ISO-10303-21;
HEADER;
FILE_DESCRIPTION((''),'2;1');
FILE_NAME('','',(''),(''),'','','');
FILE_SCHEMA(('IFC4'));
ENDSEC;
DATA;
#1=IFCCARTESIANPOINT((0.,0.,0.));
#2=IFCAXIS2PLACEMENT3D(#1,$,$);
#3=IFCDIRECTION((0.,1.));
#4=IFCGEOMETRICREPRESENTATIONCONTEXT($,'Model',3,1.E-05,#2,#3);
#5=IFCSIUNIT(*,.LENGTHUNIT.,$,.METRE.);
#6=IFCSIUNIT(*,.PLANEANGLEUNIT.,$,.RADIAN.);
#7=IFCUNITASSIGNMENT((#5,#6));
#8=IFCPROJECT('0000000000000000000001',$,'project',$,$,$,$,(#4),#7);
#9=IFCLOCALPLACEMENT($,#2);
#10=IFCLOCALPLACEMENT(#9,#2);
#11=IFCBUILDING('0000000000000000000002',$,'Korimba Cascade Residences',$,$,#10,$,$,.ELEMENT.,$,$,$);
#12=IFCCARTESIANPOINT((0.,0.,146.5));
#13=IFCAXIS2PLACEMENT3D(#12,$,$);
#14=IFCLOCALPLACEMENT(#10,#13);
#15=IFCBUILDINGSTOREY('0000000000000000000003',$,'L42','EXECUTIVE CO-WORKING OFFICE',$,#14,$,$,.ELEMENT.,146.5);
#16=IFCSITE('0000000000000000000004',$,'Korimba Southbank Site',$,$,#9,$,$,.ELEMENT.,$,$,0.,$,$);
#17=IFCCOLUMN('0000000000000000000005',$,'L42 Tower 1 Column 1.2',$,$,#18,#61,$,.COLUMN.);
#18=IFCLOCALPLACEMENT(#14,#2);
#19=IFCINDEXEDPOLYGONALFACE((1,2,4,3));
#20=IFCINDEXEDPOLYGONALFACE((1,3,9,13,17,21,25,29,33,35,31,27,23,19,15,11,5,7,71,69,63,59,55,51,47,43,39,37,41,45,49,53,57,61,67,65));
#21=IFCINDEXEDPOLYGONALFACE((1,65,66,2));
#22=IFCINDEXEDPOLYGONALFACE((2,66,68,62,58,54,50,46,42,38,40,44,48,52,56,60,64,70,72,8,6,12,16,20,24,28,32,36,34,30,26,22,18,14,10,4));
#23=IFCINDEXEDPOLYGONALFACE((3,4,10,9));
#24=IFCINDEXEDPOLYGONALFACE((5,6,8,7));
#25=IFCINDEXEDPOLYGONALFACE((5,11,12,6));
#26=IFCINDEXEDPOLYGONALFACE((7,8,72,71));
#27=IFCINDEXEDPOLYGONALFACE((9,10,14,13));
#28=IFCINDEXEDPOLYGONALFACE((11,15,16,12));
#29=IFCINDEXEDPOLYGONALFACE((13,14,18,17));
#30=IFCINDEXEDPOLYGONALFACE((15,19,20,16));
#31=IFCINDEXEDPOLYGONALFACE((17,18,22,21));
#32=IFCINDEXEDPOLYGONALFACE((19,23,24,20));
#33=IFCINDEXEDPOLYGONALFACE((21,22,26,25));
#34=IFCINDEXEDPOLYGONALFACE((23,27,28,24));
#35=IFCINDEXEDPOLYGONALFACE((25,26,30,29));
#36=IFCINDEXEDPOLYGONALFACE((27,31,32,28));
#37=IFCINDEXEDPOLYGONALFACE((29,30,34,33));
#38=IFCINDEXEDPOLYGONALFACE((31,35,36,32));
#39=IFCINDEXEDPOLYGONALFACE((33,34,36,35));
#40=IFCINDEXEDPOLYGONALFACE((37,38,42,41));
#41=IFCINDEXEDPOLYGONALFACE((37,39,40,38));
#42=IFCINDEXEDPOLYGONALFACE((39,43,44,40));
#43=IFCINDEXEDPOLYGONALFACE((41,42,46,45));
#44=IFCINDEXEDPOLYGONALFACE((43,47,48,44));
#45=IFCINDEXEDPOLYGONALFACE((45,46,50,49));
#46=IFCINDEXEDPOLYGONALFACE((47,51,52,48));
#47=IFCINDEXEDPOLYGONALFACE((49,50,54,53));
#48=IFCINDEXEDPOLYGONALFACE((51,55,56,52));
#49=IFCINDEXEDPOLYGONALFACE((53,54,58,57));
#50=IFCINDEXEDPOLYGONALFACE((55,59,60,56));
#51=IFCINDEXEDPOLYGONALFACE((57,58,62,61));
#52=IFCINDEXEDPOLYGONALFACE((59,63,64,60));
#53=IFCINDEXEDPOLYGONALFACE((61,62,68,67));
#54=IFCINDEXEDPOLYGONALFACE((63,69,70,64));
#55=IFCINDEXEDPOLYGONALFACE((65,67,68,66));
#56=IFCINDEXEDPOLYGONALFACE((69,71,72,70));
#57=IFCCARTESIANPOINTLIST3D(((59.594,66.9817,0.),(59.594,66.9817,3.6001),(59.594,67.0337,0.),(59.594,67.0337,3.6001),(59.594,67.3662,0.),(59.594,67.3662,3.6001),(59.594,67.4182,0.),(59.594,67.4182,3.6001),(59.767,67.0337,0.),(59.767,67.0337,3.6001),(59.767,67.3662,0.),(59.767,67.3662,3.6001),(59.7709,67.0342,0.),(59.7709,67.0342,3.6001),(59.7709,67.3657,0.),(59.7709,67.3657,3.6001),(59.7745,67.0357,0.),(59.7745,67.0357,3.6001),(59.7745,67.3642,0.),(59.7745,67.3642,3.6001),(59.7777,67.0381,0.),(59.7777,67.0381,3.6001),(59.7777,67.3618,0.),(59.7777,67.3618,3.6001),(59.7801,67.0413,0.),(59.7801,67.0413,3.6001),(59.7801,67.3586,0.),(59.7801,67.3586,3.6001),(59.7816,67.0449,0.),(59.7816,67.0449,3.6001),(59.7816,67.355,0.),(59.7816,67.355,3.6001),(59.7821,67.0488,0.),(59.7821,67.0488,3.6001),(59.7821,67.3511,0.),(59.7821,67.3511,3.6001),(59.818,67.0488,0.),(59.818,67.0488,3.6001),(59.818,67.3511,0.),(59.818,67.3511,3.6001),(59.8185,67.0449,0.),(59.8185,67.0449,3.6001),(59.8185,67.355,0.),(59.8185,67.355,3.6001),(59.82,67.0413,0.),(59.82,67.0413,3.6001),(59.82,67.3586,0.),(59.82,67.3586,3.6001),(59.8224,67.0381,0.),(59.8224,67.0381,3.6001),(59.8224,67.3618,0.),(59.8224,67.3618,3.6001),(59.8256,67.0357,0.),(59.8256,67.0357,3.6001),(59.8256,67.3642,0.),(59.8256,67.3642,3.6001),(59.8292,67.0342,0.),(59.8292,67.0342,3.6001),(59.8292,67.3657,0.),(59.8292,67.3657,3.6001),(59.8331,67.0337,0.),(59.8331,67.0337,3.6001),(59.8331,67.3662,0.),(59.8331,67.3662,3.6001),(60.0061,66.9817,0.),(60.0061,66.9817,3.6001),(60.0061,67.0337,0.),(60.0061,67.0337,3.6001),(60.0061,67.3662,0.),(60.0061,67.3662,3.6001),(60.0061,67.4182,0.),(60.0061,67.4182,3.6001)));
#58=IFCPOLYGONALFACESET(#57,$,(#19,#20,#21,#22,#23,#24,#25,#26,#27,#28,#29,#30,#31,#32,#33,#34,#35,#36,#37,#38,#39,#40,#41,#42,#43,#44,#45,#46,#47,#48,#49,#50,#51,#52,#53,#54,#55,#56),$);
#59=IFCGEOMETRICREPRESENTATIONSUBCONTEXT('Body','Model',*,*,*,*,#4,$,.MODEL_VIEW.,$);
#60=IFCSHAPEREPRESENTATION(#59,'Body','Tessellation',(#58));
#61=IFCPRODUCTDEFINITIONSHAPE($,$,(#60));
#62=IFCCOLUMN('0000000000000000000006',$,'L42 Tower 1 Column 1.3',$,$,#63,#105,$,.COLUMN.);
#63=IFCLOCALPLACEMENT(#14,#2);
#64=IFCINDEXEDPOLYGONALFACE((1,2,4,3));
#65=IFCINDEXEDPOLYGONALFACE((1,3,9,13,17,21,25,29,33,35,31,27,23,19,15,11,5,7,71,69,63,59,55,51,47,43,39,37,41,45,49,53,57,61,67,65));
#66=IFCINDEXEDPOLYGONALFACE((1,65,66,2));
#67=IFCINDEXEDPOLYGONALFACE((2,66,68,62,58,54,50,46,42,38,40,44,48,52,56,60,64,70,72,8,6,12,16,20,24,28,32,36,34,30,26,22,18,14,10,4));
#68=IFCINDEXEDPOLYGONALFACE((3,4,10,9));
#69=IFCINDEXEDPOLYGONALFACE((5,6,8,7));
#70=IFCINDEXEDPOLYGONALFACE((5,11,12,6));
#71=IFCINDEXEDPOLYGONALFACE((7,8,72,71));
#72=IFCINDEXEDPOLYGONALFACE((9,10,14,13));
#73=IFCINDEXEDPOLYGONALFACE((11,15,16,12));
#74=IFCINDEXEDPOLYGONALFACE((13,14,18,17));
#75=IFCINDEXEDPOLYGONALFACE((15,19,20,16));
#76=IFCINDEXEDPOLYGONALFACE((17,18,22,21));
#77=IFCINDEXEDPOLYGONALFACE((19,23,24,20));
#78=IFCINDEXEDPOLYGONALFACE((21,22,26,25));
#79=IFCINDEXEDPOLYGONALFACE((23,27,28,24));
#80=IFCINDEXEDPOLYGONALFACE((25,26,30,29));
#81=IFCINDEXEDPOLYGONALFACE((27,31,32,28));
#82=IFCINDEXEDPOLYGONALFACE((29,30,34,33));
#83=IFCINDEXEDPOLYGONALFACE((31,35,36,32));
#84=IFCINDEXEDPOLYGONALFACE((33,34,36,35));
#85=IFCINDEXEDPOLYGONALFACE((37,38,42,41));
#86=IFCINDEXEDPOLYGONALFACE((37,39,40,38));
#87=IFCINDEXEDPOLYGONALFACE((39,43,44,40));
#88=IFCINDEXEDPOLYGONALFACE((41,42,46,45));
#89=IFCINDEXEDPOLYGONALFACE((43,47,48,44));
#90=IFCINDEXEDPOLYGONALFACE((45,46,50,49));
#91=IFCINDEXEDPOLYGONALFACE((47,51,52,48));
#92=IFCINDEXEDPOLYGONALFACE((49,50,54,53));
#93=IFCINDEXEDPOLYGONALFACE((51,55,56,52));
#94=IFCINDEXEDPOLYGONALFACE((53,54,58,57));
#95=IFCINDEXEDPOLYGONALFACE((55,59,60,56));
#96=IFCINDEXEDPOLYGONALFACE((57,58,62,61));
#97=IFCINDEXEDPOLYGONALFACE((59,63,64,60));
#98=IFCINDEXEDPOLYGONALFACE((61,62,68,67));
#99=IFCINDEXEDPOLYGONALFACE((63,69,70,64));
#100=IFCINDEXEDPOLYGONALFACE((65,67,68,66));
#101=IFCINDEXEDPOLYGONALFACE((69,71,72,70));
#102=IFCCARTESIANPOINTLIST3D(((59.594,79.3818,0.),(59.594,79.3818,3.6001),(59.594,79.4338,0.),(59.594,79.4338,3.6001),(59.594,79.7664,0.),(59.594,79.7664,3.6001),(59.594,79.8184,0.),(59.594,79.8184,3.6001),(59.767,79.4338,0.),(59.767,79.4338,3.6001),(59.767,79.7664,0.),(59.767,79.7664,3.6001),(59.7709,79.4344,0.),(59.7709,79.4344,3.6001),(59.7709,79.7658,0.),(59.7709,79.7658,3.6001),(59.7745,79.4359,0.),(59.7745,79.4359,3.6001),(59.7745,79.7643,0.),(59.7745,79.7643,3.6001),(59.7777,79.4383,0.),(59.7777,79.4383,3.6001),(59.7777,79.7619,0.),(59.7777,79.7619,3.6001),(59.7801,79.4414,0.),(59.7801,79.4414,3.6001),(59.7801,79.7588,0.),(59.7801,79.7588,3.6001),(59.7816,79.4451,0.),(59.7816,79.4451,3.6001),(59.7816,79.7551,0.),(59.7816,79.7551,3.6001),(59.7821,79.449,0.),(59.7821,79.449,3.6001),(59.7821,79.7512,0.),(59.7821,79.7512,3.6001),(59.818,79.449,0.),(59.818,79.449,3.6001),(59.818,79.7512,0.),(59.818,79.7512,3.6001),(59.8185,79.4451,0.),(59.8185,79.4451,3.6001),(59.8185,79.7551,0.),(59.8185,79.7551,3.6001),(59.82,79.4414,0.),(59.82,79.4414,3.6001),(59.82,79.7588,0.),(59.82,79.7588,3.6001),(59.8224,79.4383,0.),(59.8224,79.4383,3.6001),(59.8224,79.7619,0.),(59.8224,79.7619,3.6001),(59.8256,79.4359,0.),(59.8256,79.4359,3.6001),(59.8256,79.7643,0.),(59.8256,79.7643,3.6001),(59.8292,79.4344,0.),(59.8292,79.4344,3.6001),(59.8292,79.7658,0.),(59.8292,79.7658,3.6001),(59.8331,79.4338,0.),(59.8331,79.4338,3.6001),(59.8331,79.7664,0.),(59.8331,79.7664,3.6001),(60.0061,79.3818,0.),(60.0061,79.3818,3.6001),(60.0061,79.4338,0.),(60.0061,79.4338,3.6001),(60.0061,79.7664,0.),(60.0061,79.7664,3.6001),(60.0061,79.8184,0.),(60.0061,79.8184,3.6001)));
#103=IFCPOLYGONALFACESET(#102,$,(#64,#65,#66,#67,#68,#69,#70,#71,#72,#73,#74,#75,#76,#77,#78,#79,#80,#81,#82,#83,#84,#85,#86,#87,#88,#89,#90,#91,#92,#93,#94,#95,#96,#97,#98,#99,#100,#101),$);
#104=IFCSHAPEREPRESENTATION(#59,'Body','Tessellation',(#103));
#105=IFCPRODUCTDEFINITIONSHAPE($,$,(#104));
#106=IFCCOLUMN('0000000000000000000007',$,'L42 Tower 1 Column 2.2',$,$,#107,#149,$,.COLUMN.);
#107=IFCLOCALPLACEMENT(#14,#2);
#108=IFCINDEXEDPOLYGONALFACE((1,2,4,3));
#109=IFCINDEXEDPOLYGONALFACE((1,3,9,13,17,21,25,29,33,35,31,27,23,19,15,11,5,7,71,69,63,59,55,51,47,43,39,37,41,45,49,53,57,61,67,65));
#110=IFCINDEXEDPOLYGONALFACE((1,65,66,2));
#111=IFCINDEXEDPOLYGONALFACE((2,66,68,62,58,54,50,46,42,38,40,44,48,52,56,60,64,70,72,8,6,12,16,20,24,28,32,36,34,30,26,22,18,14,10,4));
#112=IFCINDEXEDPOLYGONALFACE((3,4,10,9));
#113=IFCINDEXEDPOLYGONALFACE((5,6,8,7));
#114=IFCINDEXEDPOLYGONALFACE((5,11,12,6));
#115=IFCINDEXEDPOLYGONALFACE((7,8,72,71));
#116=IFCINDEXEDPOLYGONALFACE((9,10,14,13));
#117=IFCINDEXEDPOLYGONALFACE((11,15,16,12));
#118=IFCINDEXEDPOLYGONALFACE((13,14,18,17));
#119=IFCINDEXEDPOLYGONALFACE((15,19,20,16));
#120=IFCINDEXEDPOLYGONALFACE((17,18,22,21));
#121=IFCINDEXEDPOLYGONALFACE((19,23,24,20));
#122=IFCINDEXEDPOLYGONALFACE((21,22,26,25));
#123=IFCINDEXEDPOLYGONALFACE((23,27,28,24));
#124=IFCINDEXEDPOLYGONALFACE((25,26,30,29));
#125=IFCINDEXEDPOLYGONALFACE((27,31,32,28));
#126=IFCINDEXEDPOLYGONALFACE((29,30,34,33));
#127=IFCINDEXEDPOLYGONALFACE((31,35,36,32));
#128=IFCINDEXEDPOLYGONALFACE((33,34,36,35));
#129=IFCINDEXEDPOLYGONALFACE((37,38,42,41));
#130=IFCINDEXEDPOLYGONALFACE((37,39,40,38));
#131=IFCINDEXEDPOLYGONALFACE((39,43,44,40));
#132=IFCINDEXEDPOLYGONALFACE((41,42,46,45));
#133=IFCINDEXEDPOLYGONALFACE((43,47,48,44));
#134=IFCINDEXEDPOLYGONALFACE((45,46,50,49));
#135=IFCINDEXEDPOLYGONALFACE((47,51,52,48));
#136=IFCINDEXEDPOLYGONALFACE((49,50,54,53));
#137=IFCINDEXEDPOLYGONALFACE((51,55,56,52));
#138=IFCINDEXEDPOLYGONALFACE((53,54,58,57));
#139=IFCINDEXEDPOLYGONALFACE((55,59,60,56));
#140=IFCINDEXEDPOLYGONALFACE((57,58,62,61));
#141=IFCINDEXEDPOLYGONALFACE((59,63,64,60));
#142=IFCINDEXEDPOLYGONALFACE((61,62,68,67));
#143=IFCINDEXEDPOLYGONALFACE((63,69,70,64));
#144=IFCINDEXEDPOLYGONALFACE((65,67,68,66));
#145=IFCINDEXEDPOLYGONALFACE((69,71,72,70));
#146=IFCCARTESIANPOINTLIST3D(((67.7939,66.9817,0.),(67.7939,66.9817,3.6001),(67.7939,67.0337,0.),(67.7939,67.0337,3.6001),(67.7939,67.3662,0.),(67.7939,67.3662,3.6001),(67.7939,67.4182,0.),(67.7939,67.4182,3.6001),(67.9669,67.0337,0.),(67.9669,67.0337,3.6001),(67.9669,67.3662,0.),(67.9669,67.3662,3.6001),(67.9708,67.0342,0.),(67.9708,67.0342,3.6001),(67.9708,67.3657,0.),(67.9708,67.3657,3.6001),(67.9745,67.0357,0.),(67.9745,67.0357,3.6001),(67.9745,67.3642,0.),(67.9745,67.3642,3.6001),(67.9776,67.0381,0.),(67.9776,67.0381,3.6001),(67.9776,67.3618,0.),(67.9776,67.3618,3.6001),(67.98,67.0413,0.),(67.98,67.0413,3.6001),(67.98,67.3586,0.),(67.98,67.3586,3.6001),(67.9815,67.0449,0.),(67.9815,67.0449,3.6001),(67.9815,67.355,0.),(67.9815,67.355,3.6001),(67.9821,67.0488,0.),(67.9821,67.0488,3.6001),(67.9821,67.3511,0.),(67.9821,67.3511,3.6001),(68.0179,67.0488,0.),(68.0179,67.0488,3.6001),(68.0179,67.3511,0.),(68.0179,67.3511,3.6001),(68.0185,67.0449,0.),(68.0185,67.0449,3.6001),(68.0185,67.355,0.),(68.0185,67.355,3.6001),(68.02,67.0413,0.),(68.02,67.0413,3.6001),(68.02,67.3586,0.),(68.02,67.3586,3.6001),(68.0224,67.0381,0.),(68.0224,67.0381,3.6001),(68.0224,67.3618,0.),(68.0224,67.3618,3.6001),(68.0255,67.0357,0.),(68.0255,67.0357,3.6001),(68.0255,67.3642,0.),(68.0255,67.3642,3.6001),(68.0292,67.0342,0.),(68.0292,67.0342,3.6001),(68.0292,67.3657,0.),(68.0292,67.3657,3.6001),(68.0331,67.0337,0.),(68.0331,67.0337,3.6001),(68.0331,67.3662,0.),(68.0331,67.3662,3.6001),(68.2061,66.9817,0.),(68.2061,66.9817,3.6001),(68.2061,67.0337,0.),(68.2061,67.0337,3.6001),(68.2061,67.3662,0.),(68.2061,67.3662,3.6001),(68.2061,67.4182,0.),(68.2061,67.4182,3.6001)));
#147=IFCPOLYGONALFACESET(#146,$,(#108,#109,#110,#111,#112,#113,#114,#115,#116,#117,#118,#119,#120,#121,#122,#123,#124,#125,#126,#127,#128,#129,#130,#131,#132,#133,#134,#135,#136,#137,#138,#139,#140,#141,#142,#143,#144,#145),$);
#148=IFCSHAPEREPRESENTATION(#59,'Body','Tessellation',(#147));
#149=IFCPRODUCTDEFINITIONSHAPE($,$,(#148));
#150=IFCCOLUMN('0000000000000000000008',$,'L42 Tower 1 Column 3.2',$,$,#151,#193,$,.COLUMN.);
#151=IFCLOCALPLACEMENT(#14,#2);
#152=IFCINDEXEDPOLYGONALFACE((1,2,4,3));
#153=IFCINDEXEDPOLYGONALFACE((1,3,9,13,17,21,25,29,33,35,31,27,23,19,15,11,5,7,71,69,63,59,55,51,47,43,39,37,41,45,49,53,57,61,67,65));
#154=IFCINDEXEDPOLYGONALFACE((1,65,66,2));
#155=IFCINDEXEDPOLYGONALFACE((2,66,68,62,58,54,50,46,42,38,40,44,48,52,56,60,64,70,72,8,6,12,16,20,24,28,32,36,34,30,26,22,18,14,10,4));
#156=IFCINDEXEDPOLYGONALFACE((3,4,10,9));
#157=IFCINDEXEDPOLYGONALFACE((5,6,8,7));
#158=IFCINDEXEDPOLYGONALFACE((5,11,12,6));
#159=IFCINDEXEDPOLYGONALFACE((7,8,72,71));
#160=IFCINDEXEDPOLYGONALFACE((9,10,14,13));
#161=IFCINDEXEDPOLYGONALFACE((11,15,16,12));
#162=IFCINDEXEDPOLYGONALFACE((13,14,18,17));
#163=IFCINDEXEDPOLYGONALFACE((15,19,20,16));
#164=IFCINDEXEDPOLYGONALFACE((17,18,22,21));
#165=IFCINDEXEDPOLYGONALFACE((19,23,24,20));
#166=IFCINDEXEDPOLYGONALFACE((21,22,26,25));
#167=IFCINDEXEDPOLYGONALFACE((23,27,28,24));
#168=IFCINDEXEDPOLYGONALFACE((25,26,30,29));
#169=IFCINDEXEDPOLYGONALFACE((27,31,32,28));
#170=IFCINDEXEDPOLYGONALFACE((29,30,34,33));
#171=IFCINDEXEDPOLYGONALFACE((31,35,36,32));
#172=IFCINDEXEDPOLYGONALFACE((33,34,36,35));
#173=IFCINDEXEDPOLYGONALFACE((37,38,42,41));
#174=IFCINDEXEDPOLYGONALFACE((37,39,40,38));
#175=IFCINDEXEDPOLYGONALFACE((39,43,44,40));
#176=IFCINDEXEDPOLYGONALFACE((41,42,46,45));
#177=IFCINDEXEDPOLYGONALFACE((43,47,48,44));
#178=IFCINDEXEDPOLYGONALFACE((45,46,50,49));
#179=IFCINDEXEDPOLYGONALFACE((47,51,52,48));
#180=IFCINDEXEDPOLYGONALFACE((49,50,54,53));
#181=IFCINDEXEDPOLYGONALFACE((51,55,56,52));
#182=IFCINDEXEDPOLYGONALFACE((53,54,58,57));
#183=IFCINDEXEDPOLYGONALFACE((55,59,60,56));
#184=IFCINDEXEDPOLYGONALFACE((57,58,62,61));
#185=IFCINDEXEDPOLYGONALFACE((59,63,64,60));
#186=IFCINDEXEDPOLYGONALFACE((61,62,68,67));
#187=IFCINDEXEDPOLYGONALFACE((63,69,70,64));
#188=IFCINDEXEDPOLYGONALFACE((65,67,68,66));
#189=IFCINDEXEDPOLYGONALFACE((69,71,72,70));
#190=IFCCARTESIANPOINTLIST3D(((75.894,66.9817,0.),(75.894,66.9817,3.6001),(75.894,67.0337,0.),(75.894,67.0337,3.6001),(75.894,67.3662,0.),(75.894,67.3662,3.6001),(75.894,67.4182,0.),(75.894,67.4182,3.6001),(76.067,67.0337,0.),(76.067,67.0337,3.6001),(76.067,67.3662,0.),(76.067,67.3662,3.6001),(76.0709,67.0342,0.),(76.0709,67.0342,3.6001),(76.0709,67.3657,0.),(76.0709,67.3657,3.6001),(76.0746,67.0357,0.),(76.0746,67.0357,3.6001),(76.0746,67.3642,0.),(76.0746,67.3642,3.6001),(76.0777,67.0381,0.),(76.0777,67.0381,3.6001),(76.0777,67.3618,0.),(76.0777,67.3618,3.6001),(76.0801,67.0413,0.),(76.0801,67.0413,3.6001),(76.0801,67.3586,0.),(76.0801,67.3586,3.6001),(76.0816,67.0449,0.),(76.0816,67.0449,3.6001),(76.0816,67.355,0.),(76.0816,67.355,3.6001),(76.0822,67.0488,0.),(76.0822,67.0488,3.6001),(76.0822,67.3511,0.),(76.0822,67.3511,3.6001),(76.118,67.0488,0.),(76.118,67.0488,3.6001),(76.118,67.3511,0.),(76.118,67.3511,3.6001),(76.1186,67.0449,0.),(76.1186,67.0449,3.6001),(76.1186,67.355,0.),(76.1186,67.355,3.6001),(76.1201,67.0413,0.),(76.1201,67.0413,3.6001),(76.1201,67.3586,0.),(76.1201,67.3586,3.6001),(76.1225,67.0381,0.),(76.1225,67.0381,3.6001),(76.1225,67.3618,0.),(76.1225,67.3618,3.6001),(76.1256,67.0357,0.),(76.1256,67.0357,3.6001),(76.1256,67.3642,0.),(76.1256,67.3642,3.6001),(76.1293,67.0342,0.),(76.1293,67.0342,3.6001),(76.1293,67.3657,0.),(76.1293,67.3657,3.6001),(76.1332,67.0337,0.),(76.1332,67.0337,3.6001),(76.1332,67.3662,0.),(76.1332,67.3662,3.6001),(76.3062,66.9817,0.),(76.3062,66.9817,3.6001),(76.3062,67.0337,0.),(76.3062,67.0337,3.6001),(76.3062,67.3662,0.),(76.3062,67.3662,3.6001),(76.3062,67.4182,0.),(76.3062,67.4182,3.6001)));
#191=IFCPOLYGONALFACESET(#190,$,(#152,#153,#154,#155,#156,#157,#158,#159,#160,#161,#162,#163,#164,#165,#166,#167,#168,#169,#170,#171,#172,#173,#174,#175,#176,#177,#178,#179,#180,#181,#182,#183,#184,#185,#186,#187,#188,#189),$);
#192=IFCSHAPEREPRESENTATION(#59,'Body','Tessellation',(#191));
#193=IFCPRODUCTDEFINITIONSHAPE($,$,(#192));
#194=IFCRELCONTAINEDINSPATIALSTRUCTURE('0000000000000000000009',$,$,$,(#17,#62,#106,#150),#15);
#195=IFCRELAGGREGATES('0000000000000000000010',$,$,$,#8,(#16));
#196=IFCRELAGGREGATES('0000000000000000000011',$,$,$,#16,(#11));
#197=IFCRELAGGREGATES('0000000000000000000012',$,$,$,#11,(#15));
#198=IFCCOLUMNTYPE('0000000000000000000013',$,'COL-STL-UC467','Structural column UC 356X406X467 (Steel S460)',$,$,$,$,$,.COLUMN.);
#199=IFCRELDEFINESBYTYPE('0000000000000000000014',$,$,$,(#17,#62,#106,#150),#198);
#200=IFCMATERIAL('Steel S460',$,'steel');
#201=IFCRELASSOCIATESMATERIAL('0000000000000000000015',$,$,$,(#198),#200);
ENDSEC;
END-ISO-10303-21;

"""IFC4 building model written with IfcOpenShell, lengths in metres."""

from ifc_helpers import new_model, si_unit, direction, frame, origin, origin_2d, place, context, subcontext, project, spatial, i_section, extrude, material, material_profile, profile_set, type_object, element, save


model = new_model("IFC4")

# Units and contexts
model_context = context("Model", 3, precision=1e-05, world=origin(), true_north=direction((0.0, 1.0)))
body_context = subcontext(model_context, "Body", "Model", "MODEL_VIEW")
ifc_project = project(units=[si_unit("LENGTHUNIT", "METRE"), si_unit("PLANEANGLEUNIT", "RADIAN")], contexts=[model_context])

# Site, building, storey
site_placement = place(None, origin())
site = spatial("IfcSite", under=ifc_project, at=site_placement, Name="Korimba Southbank Site", CompositionType="ELEMENT", RefElevation=0.0)
building_placement = place(site_placement, origin())
building = spatial("IfcBuilding", under=site, at=building_placement, Name="Korimba Cascade Residences", CompositionType="ELEMENT")
storey_placement = place(building_placement, frame((0.0, 0.0, 146.5)))
storey = spatial("IfcBuildingStorey", under=building, at=storey_placement, Name="L42", Description="EXECUTIVE CO-WORKING OFFICE", CompositionType="ELEMENT", Elevation=146.5)

# Columns
ifc_material_1 = material(Name="Steel S460", Category="steel")
ifc_material_profile_1 = material_profile(ifc_material_1, i_section(OverallWidth=0.4121, OverallDepth=0.4365, WebThickness=0.0359, FlangeThickness=0.052, FilletRadius=0.0151, at=origin_2d()), Name="Steel S460")
ifc_profile_set_1 = profile_set([ifc_material_profile_1], Name="Steel S460")
column_type = type_object("IfcColumnType", Name="COL-STL-UC467", Description="Structural column UC 356X406X467 (Steel S460)", PredefinedType="COLUMN", material=ifc_profile_set_1)
for number, where, z_axis, x_axis, name in (
    (1, (59.8, 67.2, 0.0), (0.0, 0.0, 1.0), (1.0, 0.0, 0.0), "L42 Tower 1 Column 1.2"),
    (2, (59.8, 79.6001, 0.0), (0.0, 0.0, 1.0), (1.0, 0.0, 0.0), "L42 Tower 1 Column 1.3"),
    (3, (68.0, 67.2, 0.0), (0.0, 0.0, 1.0), (1.0, 0.0, 0.0), "L42 Tower 1 Column 2.2"),
    (4, (76.1001, 67.2, 0.0), (0.0, 0.0, 1.0), (1.0, 0.0, 0.0), "L42 Tower 1 Column 3.2"),
):
    element("IfcColumn", number, at=place(storey_placement, frame(where, z_axis=z_axis, x_axis=x_axis)), inside=storey, type_object=column_type, Name=name, PredefinedType="COLUMN", context=body_context, shape_type="SweptSolid", body=[
        extrude(i_section(OverallWidth=0.4121, OverallDepth=0.4365, WebThickness=0.0359, FlangeThickness=0.052, FilletRadius=0.0151, at=origin_2d()), origin(), (0.0, 0.0, 1.0), 3.6001),
    ])

save(model, "model.ifc")
